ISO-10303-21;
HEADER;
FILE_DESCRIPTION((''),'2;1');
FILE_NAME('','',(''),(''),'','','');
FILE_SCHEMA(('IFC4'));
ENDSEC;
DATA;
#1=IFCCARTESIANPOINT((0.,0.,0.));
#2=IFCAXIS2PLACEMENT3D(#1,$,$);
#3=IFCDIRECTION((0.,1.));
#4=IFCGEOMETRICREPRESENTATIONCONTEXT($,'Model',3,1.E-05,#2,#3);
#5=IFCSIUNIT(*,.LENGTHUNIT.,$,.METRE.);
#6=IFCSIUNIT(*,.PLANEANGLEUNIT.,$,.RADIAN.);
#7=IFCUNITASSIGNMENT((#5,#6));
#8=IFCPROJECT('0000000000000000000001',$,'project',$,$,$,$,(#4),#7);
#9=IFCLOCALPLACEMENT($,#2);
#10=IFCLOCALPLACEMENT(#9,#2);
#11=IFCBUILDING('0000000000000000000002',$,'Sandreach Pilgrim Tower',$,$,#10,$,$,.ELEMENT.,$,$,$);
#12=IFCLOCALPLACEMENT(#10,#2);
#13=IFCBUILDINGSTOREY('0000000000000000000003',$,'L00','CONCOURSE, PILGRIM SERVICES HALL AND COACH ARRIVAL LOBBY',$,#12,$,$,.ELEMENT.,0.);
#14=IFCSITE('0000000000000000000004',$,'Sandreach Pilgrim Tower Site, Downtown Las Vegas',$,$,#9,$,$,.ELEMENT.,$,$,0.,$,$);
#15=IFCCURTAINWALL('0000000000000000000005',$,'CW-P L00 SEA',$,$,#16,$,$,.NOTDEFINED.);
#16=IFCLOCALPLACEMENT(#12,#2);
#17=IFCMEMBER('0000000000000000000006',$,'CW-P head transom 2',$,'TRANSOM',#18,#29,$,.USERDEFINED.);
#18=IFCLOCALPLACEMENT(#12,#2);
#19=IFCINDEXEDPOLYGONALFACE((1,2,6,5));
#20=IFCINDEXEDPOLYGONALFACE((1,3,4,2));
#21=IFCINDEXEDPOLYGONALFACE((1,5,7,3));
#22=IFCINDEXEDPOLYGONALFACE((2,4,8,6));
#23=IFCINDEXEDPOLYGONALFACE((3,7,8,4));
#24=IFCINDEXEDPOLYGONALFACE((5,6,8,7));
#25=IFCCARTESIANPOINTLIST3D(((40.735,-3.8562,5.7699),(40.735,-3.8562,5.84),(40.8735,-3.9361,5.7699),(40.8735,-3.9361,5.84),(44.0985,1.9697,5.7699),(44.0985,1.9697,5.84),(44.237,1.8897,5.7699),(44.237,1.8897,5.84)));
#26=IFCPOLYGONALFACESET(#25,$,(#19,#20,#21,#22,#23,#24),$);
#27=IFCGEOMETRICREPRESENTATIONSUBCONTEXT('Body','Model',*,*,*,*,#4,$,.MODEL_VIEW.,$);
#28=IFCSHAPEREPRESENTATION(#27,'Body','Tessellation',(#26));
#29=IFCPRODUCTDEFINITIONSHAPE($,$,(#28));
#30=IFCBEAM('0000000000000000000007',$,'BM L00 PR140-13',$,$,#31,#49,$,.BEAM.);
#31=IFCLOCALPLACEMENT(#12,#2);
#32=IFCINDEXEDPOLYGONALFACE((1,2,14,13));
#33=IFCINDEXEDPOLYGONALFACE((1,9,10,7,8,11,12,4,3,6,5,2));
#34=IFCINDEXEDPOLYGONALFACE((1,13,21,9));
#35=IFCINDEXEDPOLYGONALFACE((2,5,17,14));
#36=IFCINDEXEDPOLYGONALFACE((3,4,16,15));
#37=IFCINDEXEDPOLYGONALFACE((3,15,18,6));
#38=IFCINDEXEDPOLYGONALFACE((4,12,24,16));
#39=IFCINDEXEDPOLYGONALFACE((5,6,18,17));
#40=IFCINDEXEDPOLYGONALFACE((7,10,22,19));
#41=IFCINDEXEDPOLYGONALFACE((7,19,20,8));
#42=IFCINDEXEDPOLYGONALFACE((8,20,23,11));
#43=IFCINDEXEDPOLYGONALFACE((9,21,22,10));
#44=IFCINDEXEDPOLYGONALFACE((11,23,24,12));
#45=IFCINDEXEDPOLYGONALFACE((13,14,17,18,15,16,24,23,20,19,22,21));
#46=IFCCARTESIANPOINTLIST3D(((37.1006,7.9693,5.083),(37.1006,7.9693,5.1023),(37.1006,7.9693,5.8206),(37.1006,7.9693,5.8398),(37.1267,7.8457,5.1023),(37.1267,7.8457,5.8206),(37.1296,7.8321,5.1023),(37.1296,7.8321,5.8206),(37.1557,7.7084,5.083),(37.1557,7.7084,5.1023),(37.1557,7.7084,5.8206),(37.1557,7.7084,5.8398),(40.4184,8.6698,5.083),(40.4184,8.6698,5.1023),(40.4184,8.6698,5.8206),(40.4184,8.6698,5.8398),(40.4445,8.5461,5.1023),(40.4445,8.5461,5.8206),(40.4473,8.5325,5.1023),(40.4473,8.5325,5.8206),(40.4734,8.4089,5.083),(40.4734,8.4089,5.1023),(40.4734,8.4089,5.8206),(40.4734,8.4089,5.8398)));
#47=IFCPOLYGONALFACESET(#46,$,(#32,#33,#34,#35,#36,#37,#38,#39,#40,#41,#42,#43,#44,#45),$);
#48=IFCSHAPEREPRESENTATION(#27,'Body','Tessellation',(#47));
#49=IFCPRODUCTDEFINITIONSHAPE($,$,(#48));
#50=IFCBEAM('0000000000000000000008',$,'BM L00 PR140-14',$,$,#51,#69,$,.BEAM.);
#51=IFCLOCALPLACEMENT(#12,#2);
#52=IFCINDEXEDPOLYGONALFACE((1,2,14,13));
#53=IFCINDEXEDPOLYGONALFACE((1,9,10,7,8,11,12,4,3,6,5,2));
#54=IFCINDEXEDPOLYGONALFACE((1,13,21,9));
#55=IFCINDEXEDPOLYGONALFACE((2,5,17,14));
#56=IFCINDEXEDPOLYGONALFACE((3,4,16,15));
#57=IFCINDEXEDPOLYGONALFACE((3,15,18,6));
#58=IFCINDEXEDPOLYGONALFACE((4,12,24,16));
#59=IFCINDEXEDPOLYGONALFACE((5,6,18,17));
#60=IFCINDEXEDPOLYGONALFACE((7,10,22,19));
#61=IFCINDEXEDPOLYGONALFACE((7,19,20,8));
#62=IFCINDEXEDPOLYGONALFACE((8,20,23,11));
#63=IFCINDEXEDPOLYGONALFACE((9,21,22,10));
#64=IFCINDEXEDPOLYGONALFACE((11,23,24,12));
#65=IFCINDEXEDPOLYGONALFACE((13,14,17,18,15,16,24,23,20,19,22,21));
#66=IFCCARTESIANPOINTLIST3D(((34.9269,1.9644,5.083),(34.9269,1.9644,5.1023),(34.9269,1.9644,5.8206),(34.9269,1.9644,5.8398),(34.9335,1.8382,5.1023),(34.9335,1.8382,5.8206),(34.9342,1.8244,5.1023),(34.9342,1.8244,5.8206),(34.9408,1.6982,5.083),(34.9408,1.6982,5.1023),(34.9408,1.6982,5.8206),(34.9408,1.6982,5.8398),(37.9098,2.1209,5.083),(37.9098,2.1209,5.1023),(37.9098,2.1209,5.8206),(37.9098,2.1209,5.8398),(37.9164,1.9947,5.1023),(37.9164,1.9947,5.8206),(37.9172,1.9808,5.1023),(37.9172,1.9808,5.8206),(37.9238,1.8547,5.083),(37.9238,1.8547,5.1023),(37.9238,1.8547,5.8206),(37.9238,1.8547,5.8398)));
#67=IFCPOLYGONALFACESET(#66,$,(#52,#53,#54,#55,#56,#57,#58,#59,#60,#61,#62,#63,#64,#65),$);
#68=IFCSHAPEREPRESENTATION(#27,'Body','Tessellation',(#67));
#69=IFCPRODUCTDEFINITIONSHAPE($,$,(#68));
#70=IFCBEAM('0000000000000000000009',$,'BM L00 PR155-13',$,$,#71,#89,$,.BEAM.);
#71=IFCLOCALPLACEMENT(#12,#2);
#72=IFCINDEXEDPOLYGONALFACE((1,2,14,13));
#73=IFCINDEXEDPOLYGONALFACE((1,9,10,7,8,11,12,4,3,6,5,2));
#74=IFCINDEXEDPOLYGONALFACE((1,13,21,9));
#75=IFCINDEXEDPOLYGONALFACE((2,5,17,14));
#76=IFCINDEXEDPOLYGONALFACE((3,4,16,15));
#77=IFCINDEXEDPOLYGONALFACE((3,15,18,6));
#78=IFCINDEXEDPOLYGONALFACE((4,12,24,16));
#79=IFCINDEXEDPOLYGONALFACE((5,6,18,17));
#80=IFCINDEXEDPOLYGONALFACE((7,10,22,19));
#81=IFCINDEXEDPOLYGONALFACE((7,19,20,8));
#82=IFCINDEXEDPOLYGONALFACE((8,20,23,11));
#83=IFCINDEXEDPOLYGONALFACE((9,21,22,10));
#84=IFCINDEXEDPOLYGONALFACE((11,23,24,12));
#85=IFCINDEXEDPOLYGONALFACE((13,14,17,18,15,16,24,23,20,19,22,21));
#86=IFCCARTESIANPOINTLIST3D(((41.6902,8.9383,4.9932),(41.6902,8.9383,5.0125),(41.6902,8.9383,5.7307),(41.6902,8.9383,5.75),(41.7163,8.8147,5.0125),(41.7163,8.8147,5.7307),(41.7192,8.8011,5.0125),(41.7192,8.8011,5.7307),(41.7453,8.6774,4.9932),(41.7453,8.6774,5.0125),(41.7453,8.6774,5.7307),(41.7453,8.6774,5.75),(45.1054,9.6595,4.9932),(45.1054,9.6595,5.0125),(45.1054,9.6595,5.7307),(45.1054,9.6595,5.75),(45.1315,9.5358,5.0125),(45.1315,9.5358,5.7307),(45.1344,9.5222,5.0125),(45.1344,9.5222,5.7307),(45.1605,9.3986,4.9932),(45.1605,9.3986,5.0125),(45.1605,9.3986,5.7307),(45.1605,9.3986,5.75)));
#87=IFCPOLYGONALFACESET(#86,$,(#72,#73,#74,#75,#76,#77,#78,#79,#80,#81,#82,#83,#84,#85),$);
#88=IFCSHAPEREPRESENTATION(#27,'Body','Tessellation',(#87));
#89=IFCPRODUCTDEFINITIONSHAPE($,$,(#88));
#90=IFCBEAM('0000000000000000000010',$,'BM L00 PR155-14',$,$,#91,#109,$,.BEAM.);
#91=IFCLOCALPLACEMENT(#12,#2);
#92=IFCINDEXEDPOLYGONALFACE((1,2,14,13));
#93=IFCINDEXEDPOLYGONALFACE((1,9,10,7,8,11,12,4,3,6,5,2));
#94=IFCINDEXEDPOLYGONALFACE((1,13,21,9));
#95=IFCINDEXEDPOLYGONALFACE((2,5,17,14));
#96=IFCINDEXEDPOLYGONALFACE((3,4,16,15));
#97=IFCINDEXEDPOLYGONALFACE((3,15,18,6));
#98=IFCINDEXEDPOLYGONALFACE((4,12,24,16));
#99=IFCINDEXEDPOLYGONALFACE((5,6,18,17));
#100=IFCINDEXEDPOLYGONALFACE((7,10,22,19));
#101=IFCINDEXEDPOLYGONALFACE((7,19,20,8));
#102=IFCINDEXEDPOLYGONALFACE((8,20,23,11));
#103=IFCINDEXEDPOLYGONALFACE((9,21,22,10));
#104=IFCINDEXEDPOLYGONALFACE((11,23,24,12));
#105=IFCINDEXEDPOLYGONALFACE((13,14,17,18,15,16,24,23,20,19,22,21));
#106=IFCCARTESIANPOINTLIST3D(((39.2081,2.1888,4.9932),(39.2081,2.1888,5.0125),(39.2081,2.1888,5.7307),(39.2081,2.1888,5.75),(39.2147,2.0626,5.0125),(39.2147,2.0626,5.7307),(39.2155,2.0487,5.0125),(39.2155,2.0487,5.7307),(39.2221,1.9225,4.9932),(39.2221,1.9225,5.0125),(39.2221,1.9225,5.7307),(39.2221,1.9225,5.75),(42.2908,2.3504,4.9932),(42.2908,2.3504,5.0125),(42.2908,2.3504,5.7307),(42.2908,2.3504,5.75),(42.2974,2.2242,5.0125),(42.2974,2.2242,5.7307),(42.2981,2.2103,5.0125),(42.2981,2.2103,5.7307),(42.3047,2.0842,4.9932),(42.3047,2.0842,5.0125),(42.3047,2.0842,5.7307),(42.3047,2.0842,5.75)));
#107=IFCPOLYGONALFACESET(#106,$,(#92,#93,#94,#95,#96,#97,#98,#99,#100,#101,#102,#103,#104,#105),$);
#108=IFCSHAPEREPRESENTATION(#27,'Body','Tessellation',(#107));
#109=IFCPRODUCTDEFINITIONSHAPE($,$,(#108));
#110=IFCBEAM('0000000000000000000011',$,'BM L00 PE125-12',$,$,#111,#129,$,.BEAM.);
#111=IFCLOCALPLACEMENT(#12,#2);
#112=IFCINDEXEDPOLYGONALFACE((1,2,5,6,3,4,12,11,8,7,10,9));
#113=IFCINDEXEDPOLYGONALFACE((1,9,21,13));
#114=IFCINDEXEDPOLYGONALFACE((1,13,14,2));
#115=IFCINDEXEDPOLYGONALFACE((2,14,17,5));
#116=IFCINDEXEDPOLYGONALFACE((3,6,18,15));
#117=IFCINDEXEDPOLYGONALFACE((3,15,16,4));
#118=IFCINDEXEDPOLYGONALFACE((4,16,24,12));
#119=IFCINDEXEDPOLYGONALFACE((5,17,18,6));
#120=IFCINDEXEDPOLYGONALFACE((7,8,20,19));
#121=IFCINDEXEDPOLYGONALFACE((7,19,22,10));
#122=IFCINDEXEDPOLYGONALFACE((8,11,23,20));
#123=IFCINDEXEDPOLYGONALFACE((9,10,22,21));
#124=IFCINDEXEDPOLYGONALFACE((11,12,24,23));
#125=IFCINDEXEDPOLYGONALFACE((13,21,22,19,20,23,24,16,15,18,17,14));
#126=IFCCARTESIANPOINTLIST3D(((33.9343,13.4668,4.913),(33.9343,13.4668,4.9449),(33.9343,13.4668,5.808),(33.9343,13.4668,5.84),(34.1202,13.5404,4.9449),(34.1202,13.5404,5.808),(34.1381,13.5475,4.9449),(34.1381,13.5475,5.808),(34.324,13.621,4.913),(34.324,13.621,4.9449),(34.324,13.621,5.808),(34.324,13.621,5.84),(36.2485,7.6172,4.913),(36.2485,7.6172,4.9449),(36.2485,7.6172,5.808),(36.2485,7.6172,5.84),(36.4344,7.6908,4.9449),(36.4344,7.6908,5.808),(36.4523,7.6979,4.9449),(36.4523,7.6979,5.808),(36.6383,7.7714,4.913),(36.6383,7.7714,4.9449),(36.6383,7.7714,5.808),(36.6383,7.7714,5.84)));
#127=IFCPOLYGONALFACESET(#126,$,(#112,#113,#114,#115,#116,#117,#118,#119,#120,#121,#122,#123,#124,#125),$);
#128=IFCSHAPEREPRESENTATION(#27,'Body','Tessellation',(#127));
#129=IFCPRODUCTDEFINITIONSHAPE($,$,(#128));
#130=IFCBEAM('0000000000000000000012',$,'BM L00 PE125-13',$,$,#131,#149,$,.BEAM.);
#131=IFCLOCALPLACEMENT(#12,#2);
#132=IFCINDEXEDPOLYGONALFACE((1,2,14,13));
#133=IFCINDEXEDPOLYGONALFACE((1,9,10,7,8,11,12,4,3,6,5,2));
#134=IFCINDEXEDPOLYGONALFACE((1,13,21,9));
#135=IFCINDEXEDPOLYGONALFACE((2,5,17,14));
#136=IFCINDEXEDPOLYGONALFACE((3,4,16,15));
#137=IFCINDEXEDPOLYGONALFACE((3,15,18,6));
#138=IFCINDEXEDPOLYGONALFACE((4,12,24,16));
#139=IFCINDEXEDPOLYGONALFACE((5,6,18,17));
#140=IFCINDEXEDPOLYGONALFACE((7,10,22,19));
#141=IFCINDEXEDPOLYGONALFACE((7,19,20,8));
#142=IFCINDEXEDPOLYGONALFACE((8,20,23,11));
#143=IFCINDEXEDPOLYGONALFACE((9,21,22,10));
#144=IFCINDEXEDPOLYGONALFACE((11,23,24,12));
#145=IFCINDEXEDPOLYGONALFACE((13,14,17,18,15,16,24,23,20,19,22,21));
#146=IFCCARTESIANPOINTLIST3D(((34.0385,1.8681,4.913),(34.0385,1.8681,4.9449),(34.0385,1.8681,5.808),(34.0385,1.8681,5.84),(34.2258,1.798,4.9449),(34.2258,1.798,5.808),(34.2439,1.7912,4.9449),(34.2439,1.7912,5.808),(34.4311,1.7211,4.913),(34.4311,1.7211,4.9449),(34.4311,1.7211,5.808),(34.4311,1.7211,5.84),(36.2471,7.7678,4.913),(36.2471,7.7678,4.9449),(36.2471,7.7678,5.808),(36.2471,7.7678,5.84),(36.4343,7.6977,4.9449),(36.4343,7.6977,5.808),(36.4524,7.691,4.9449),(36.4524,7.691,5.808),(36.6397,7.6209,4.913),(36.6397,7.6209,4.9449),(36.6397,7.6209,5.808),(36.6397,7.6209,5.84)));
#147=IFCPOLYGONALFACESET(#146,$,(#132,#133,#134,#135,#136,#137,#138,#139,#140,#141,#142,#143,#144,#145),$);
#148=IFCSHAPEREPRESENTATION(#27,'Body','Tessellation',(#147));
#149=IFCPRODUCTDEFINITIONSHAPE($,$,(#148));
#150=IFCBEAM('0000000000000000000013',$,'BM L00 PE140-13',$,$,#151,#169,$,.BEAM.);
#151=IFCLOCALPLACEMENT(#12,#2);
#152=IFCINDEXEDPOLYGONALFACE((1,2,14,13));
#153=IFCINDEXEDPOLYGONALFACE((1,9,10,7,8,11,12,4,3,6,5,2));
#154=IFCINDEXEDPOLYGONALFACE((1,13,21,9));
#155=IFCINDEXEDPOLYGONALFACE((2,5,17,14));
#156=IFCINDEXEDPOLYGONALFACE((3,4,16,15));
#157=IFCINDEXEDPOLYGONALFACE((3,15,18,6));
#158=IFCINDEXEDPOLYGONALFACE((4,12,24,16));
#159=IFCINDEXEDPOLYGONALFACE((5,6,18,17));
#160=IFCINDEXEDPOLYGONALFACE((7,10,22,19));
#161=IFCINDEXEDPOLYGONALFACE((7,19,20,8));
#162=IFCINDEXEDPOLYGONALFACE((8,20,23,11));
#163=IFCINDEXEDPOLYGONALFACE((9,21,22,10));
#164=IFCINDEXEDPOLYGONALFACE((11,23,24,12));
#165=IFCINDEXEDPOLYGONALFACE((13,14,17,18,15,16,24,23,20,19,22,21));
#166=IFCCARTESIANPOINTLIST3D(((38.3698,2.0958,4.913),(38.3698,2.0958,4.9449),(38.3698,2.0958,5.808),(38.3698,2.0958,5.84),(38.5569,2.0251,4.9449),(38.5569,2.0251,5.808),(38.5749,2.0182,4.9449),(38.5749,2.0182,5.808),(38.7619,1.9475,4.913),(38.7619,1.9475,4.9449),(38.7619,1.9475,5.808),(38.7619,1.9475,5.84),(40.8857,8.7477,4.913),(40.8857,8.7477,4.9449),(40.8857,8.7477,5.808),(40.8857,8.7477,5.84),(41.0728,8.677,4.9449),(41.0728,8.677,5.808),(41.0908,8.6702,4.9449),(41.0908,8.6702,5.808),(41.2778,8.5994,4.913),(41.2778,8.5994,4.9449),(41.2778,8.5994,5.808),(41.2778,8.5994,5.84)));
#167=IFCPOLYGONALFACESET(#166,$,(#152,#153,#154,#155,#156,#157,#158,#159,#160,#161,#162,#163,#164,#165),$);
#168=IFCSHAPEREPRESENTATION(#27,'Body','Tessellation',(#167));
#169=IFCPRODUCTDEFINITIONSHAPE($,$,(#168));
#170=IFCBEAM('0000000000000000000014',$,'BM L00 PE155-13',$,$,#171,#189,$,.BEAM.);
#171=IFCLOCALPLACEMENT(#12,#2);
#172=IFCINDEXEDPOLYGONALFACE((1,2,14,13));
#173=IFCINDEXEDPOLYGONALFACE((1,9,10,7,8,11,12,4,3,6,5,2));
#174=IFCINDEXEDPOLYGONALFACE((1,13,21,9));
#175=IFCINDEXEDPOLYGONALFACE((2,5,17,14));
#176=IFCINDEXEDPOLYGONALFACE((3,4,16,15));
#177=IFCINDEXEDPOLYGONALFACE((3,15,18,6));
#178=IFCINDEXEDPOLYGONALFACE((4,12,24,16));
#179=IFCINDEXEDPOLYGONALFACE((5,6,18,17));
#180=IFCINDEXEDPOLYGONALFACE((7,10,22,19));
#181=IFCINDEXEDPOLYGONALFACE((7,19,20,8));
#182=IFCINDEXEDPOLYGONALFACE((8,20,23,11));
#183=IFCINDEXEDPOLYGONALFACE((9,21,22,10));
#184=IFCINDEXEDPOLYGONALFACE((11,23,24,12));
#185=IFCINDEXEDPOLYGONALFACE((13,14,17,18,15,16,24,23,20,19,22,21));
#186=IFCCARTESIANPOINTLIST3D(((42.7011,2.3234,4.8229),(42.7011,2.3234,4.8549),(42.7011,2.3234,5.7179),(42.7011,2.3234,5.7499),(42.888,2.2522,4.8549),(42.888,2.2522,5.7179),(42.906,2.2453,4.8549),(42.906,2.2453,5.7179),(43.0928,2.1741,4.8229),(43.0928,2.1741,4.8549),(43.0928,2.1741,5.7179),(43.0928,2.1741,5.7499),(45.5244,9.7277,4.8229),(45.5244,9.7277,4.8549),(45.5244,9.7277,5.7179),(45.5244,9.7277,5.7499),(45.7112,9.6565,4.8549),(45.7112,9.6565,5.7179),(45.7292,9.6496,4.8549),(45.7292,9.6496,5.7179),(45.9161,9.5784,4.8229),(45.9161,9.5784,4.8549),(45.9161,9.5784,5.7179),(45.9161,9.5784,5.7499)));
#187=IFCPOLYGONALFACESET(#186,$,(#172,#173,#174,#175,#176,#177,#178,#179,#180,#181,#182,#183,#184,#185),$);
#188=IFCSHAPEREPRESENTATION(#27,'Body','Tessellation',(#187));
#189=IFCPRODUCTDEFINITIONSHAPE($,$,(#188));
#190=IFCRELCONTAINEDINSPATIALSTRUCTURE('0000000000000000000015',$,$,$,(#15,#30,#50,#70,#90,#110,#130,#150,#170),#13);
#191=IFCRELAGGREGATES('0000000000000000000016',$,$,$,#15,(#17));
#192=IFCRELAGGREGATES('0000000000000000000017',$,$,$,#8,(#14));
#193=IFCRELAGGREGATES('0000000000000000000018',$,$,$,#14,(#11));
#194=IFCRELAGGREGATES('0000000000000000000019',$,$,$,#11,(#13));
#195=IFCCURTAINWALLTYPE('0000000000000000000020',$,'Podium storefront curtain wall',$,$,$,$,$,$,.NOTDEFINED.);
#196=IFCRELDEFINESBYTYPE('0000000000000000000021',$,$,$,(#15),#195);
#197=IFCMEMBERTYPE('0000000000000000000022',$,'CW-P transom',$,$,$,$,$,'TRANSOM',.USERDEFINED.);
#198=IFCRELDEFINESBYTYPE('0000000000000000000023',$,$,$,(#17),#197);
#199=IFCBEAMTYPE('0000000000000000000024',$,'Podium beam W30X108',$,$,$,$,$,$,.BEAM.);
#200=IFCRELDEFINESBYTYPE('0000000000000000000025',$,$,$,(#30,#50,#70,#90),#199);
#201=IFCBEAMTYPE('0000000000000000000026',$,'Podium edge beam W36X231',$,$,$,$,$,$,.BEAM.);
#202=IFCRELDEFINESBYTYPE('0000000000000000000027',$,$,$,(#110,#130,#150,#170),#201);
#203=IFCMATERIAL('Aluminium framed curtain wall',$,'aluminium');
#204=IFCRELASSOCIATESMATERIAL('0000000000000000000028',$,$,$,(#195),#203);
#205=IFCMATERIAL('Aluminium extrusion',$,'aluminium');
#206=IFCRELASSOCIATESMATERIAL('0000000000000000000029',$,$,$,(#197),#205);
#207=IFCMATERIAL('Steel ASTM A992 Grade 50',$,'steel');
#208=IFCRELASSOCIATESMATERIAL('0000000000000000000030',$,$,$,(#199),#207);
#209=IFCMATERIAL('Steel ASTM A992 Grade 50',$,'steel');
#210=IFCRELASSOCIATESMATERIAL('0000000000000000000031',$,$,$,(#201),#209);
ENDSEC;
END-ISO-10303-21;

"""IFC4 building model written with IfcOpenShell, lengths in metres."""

from ifc_helpers import new_model, si_unit, direction, frame, origin, origin_2d, place, context, subcontext, project, spatial, rectangle, i_section, extrude, material, material_profile, profile_set, type_object, element, aggregate, save


model = new_model("IFC4")

# Units and contexts
model_context = context("Model", 3, precision=1e-05, world=origin(), true_north=direction((0.0, 1.0)))
body_context = subcontext(model_context, "Body", "Model", "MODEL_VIEW")
ifc_project = project(units=[si_unit("LENGTHUNIT", "METRE"), si_unit("PLANEANGLEUNIT", "RADIAN")], contexts=[model_context])

# Site, building, storey
site_placement = place(None, origin())
site = spatial("IfcSite", under=ifc_project, at=site_placement, Name="Sandreach Pilgrim Tower Site, Downtown Las Vegas", CompositionType="ELEMENT", RefElevation=0.0)
building_placement = place(site_placement, origin())
building = spatial("IfcBuilding", under=site, at=building_placement, Name="Sandreach Pilgrim Tower", CompositionType="ELEMENT")
storey_placement = place(building_placement, origin())
storey = spatial("IfcBuildingStorey", under=building, at=storey_placement, Name="L00", Description="CONCOURSE, PILGRIM SERVICES HALL AND COACH ARRIVAL LOBBY", CompositionType="ELEMENT", Elevation=0.0)

# Curtain wall, member
ifc_material_1 = material(Name="Aluminium framed curtain wall", Category="aluminium")
curtain_wall_type = type_object("IfcCurtainWallType", Name="Podium storefront curtain wall", PredefinedType="NOTDEFINED", material=ifc_material_1)
curtain_wall_placement = place(storey_placement, origin())
curtain_wall = element("IfcCurtainWall", 1, at=curtain_wall_placement, inside=storey, type_object=curtain_wall_type, Name="CW-P L00 SEA", PredefinedType="NOTDEFINED")
ifc_material_2 = material(Name="Aluminium extrusion", Category="aluminium")
ifc_material_profile_1 = material_profile(ifc_material_2, rectangle(XDim=0.1599, YDim=0.0701, at=origin_2d()), Name="CW-PT 160X70")
ifc_profile_set_1 = profile_set([ifc_material_profile_1], Name="Aluminium extrusion")
member_type_1 = type_object("IfcMemberType", Name="CW-P transom", ElementType="TRANSOM", PredefinedType="USERDEFINED", material=ifc_profile_set_1)
member_1_placement = place(storey_placement, frame((44.1677, 1.9297, 5.8049), z_axis=(-0.499992, -0.86603, 0.0), x_axis=(0.86603, -0.499992, 0.0)))
member_1 = element("IfcMember", 2, at=member_1_placement, type_object=member_type_1, Name="CW-P head transom 2", ObjectType="TRANSOM", PredefinedType="USERDEFINED", context=body_context, shape_type="SweptSolid", body=[
    extrude(rectangle(XDim=0.1599, YDim=0.0701, at=origin_2d()), origin(), (0.0, 0.0, 1.0), 6.7271),
])

# Beams
ifc_material_3 = material(Name="Steel ASTM A992 Grade 50", Category="steel")
ifc_material_profile_2 = material_profile(ifc_material_3, i_section(OverallWidth=0.2666, OverallDepth=0.7568, WebThickness=0.0139, FlangeThickness=0.0193, at=origin_2d()), Name="W30X108")
ifc_profile_set_2 = profile_set([ifc_material_profile_2], Name="Steel ASTM A992 Grade 50")
beam_type_1 = type_object("IfcBeamType", Name="Podium beam W30X108", PredefinedType="BEAM", material=ifc_profile_set_2)
beam_1_placement = place(storey_placement, frame((37.1282, 7.8389, 5.4614), z_axis=(0.978431, 0.206573, 0.0), x_axis=(-0.206573, 0.978431, 0.0)))
element("IfcBeam", 3, at=beam_1_placement, inside=storey, type_object=beam_type_1, Name="BM L00 PR140-13", PredefinedType="BEAM", context=body_context, shape_type="SweptSolid", body=[
    extrude(i_section(OverallWidth=0.2666, OverallDepth=0.7568, WebThickness=0.0139, FlangeThickness=0.0193, at=origin_2d()), origin(), (0.0, 0.0, 1.0), 3.3909),
])
beam_2_placement = place(storey_placement, frame((34.9338, 1.8313, 5.4614), z_axis=(0.998627, 0.052392, 0.0), x_axis=(-0.052392, 0.998627, 0.0)))
element("IfcBeam", 4, at=beam_2_placement, inside=storey, type_object=beam_type_1, Name="BM L00 PR140-14", PredefinedType="BEAM", context=body_context, shape_type="SweptSolid", body=[
    extrude(i_section(OverallWidth=0.2666, OverallDepth=0.7568, WebThickness=0.0139, FlangeThickness=0.0193, at=origin_2d()), origin(), (0.0, 0.0, 1.0), 2.9871),
])
beam_3_placement = place(storey_placement, frame((41.7178, 8.8079, 5.3716), z_axis=(0.978423, 0.20661, 0.0), x_axis=(-0.20661, 0.978423, 0.0)))
element("IfcBeam", 5, at=beam_3_placement, inside=storey, type_object=beam_type_1, Name="BM L00 PR155-13", PredefinedType="BEAM", context=body_context, shape_type="SweptSolid", body=[
    extrude(i_section(OverallWidth=0.2666, OverallDepth=0.7568, WebThickness=0.0139, FlangeThickness=0.0193, at=origin_2d()), origin(), (0.0, 0.0, 1.0), 3.4905),
])
beam_4_placement = place(storey_placement, frame((39.2151, 2.0557, 5.3716), z_axis=(0.998629, 0.052355, 0.0), x_axis=(-0.052355, 0.998629, 0.0)))
element("IfcBeam", 6, at=beam_4_placement, inside=storey, type_object=beam_type_1, Name="BM L00 PR155-14", PredefinedType="BEAM", context=body_context, shape_type="SweptSolid", body=[
    extrude(i_section(OverallWidth=0.2666, OverallDepth=0.7568, WebThickness=0.0139, FlangeThickness=0.0193, at=origin_2d()), origin(), (0.0, 0.0, 1.0), 3.0869),
])
ifc_material_4 = material(Name="Steel ASTM A992 Grade 50", Category="steel")
ifc_material_profile_3 = material_profile(ifc_material_4, i_section(OverallWidth=0.4192, OverallDepth=0.927, WebThickness=0.0193, FlangeThickness=0.032, at=origin_2d()), Name="W36X231")
ifc_profile_set_3 = profile_set([ifc_material_profile_3], Name="Steel ASTM A992 Grade 50")
beam_type_2 = type_object("IfcBeamType", Name="Podium edge beam W36X231", PredefinedType="BEAM", material=ifc_profile_set_3)
beam_5_placement = place(storey_placement, frame((34.1292, 13.5439, 5.3765), z_axis=(0.367875, -0.929875, 0.0), x_axis=(0.929875, 0.367875, 0.0)))
element("IfcBeam", 7, at=beam_5_placement, inside=storey, type_object=beam_type_2, Name="BM L00 PE125-12", PredefinedType="BEAM", context=body_context, shape_type="SweptSolid", body=[
    extrude(i_section(OverallWidth=0.4192, OverallDepth=0.927, WebThickness=0.0193, FlangeThickness=0.032, at=origin_2d()), origin(), (0.0, 0.0, 1.0), 6.2908),
])
beam_6_placement = place(storey_placement, frame((36.4434, 7.6943, 5.3765), z_axis=(-0.350584, -0.936531, 0.0), x_axis=(0.936531, -0.350584, 0.0)))
element("IfcBeam", 8, at=beam_6_placement, inside=storey, type_object=beam_type_2, Name="BM L00 PE125-13", PredefinedType="BEAM", context=body_context, shape_type="SweptSolid", body=[
    extrude(i_section(OverallWidth=0.4192, OverallDepth=0.927, WebThickness=0.0193, FlangeThickness=0.032, at=origin_2d()), origin(), (0.0, 0.0, 1.0), 6.2996),
])
beam_7_placement = place(storey_placement, frame((41.0818, 8.6736, 5.3765), z_axis=(-0.353763, -0.935335, 0.0), x_axis=(0.935335, -0.353763, 0.0)))
element("IfcBeam", 9, at=beam_7_placement, inside=storey, type_object=beam_type_2, Name="BM L00 PE140-13", PredefinedType="BEAM", context=body_context, shape_type="SweptSolid", body=[
    extrude(i_section(OverallWidth=0.4192, OverallDepth=0.927, WebThickness=0.0193, FlangeThickness=0.032, at=origin_2d()), origin(), (0.0, 0.0, 1.0), 7.1118),
])
beam_8_placement = place(storey_placement, frame((45.7202, 9.6531, 5.2864), z_axis=(-0.356277, -0.93438, 0.0), x_axis=(0.93438, -0.356277, 0.0)))
element("IfcBeam", 10, at=beam_8_placement, inside=storey, type_object=beam_type_2, Name="BM L00 PE155-13", PredefinedType="BEAM", context=body_context, shape_type="SweptSolid", body=[
    extrude(i_section(OverallWidth=0.4192, OverallDepth=0.927, WebThickness=0.0193, FlangeThickness=0.032, at=origin_2d()), origin(), (0.0, 0.0, 1.0), 7.9243),
])

aggregate(curtain_wall, [member_1])

save(model, "model.ifc")
